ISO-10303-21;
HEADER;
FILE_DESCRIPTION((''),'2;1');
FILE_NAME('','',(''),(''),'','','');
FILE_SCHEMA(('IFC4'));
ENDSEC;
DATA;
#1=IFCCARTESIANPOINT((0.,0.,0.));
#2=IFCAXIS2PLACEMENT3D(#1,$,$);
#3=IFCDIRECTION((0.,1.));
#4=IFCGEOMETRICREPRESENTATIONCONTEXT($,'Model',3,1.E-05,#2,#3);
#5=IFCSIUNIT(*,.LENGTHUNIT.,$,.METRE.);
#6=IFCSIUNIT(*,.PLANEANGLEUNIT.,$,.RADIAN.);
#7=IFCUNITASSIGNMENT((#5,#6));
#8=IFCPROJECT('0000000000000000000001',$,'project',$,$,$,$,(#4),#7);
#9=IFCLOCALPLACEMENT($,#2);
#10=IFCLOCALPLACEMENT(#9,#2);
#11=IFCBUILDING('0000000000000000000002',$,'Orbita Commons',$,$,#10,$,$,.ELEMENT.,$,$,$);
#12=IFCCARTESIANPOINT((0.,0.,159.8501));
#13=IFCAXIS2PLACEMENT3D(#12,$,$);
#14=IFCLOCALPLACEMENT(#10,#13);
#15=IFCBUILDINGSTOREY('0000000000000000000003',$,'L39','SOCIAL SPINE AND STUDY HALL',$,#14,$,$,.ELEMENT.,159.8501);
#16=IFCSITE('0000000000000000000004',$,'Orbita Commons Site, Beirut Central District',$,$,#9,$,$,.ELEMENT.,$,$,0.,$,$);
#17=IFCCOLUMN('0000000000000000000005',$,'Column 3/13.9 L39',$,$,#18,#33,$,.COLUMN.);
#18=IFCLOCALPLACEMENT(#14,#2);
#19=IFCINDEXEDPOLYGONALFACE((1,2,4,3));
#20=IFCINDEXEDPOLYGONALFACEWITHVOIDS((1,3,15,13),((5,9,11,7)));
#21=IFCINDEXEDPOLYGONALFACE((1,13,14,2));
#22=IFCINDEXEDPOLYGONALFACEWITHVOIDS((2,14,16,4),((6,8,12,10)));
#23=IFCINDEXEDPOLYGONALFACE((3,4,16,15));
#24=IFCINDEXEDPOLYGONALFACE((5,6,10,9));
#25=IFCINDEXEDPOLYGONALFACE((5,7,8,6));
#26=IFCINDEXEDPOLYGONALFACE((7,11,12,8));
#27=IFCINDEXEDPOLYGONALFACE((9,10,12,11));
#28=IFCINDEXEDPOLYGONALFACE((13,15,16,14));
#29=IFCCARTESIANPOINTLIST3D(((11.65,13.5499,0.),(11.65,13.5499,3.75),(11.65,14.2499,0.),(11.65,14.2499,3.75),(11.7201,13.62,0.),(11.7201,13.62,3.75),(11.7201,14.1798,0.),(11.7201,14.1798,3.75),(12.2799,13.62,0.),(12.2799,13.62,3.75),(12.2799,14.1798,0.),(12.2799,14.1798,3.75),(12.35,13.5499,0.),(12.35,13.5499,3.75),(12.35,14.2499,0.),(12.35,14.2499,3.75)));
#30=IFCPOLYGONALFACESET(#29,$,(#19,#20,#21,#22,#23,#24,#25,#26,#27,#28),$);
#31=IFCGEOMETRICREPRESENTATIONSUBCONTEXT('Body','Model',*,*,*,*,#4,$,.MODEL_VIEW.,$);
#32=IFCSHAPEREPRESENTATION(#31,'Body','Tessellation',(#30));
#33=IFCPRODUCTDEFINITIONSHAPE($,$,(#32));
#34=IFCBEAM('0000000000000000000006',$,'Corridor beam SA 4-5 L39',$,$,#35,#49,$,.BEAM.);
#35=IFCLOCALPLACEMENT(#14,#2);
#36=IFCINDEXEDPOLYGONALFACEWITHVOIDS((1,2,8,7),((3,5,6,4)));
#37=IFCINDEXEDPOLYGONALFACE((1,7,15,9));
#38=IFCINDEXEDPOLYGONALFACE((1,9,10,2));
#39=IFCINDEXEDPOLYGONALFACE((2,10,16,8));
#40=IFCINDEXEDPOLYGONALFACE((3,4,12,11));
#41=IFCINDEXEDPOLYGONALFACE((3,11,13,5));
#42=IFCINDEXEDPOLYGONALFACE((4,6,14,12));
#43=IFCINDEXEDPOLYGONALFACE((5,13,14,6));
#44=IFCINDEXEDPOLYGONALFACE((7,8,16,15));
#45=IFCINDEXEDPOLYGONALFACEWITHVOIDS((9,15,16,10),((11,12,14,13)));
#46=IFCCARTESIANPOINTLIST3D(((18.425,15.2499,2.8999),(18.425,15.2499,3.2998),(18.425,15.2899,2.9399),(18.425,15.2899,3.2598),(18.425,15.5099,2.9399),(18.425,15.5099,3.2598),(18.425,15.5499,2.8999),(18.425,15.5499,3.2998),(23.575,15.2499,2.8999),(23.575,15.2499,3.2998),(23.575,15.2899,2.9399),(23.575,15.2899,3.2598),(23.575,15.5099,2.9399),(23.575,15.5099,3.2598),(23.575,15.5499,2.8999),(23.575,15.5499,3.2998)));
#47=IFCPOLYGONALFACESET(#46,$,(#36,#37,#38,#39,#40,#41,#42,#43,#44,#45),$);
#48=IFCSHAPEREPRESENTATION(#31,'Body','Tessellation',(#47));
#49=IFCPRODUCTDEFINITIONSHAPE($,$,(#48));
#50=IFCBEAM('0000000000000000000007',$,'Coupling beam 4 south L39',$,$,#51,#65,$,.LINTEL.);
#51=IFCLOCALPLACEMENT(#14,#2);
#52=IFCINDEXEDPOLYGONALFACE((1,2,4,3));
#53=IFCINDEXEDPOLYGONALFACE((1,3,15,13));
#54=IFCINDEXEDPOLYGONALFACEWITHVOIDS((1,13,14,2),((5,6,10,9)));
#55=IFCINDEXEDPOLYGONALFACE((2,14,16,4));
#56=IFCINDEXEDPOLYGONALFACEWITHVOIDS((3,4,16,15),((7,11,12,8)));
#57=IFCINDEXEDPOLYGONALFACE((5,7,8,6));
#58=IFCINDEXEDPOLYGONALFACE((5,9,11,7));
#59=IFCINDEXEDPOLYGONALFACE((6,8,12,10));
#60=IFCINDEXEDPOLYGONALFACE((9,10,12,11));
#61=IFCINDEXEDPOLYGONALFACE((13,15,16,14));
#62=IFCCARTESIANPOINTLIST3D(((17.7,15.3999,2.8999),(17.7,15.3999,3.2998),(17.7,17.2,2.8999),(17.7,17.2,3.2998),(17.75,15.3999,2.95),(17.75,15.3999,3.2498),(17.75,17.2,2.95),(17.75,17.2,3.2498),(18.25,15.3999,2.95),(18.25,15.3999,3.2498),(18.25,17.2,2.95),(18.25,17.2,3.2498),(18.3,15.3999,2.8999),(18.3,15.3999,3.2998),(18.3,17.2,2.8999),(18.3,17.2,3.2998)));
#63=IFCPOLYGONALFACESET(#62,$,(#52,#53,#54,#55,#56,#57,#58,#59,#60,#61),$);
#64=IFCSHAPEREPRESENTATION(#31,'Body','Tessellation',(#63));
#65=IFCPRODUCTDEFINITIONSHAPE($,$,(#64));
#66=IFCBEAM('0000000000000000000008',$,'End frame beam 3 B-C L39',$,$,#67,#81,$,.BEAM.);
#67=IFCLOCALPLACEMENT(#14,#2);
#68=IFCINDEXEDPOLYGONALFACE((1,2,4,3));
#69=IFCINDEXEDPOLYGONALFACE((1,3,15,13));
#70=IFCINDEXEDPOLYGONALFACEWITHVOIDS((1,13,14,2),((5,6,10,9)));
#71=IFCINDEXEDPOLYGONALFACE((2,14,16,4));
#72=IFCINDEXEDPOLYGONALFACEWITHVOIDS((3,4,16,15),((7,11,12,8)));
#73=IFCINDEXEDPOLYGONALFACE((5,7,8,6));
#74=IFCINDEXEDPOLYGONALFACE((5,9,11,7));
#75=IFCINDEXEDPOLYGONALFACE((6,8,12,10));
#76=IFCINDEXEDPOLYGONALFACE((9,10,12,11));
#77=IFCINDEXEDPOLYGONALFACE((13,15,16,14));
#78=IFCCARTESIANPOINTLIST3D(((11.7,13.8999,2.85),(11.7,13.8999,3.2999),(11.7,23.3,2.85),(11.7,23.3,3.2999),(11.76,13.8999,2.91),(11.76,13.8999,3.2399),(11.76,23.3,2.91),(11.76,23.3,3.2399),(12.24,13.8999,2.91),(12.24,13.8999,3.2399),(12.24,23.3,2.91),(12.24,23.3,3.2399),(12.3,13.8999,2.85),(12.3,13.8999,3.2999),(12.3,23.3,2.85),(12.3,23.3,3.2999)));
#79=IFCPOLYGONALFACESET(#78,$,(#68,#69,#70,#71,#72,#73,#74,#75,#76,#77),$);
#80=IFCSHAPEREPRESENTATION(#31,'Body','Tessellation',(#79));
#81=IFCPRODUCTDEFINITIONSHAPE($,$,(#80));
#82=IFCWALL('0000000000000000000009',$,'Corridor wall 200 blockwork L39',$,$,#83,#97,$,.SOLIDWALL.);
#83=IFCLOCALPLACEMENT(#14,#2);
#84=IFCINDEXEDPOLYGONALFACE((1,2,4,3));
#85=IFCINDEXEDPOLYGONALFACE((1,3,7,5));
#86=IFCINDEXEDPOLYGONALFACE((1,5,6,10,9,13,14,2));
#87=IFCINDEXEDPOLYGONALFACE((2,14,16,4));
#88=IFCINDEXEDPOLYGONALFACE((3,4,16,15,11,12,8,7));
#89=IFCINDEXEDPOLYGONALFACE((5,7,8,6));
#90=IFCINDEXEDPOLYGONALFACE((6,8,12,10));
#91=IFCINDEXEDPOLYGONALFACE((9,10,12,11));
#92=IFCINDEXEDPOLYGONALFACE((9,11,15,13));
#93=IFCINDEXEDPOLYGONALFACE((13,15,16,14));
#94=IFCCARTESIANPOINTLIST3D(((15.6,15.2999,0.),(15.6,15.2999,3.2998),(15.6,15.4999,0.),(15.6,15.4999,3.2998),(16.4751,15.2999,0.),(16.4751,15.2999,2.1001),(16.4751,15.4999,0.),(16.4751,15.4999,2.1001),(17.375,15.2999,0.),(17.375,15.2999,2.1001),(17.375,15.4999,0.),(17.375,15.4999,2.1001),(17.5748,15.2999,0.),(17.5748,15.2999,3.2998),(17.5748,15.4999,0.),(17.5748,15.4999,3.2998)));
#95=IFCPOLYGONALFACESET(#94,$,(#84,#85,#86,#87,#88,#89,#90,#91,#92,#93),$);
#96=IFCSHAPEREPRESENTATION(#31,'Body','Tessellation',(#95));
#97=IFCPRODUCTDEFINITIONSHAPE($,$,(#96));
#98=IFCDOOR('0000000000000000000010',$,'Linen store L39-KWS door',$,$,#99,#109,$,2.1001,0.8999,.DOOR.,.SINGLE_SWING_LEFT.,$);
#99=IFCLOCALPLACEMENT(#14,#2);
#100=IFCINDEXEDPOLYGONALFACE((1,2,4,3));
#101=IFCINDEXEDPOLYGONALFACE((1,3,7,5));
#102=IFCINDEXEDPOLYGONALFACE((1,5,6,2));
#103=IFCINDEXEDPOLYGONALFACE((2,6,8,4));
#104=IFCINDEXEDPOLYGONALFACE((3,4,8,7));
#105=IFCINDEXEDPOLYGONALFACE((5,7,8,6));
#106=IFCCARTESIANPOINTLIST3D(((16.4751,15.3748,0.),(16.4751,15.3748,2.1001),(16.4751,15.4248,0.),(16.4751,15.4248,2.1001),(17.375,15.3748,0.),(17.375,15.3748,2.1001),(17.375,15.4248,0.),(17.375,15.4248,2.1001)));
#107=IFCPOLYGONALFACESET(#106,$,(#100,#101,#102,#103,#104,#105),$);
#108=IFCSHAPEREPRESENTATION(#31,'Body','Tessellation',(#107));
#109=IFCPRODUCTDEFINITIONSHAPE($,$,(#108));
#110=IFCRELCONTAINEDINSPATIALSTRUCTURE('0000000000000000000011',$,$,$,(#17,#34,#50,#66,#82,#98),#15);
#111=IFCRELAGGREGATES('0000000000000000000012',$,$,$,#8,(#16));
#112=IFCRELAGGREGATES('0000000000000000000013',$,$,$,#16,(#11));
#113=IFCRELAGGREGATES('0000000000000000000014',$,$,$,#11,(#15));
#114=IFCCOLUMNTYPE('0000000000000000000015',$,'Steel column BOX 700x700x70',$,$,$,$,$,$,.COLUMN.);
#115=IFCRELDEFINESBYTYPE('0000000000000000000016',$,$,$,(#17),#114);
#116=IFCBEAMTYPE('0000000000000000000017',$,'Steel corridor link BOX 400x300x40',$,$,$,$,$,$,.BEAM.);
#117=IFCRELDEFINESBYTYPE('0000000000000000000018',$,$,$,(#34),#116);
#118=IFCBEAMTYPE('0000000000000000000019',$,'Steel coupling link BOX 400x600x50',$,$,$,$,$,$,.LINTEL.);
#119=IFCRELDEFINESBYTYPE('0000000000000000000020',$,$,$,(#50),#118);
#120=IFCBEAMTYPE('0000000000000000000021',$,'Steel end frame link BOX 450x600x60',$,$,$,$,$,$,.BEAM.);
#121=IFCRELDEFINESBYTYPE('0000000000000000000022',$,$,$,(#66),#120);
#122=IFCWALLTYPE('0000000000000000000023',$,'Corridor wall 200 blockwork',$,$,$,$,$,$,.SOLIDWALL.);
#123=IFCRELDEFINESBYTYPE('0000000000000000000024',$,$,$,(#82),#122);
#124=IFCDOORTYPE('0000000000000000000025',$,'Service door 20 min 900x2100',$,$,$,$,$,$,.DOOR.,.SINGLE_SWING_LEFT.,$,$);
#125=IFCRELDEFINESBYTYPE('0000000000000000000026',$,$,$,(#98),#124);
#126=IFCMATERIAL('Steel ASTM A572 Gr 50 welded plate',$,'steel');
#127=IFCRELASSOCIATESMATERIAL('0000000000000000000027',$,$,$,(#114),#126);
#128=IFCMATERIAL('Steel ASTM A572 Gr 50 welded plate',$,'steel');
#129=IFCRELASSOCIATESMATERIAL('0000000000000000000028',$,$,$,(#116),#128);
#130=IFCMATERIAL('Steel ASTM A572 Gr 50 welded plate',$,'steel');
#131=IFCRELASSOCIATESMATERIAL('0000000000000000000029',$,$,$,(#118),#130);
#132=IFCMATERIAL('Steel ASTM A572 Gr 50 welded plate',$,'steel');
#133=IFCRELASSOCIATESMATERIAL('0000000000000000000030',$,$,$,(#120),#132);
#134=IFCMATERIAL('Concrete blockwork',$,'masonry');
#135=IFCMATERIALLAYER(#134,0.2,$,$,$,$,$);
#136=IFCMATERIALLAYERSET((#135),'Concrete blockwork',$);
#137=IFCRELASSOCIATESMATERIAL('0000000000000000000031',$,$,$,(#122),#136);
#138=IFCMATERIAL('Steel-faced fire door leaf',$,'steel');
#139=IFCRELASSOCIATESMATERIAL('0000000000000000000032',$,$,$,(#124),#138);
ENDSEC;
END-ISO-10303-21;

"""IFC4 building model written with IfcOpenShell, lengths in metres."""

from ifc_helpers import new_model, si_unit, direction, frame, frame_2d, origin, origin_2d, place, context, subcontext, project, spatial, rectangle, hollow_rectangle, extrude, material, layer, layer_set, material_profile, profile_set, type_object, element, fill, save


model = new_model("IFC4")

# Units and contexts
model_context = context("Model", 3, precision=1e-05, world=origin(), true_north=direction((0.0, 1.0)))
body_context = subcontext(model_context, "Body", "Model", "MODEL_VIEW")
ifc_project = project(units=[si_unit("LENGTHUNIT", "METRE"), si_unit("PLANEANGLEUNIT", "RADIAN")], contexts=[model_context])

# Site, building, storey
site_placement = place(None, origin())
site = spatial("IfcSite", under=ifc_project, at=site_placement, Name="Orbita Commons Site, Beirut Central District", CompositionType="ELEMENT", RefElevation=0.0)
building_placement = place(site_placement, origin())
building = spatial("IfcBuilding", under=site, at=building_placement, Name="Orbita Commons", CompositionType="ELEMENT")
storey_placement = place(building_placement, frame((0.0, 0.0, 159.8501)))
storey = spatial("IfcBuildingStorey", under=building, at=storey_placement, Name="L39", Description="SOCIAL SPINE AND STUDY HALL", CompositionType="ELEMENT", Elevation=159.8501)

# Column
ifc_material_1 = material(Name="Steel ASTM A572 Gr 50 welded plate", Category="steel")
ifc_material_profile_1 = material_profile(ifc_material_1, hollow_rectangle(XDim=0.7, YDim=0.7, WallThickness=0.0701, at=origin_2d()), Name="BOX 700x700x70")
ifc_profile_set_1 = profile_set([ifc_material_profile_1], Name="Steel ASTM A572 Gr 50 welded plate")
column_type = type_object("IfcColumnType", Name="Steel column BOX 700x700x70", PredefinedType="COLUMN", material=ifc_profile_set_1)
column_placement = place(storey_placement, frame((12.0, 13.8999, 0.0), z_axis=(0.0, 0.0, 1.0), x_axis=(1.0, 0.0, 0.0)))
element("IfcColumn", 1, at=column_placement, inside=storey, type_object=column_type, Name="Column 3/13.9 L39", PredefinedType="COLUMN", context=body_context, shape_type="SweptSolid", body=[
    extrude(hollow_rectangle(XDim=0.7, YDim=0.7, WallThickness=0.0701, at=origin_2d()), origin(), (0.0, 0.0, 1.0), 3.75),
])

# Beams
ifc_material_2 = material(Name="Steel ASTM A572 Gr 50 welded plate", Category="steel")
ifc_material_profile_2 = material_profile(ifc_material_2, hollow_rectangle(XDim=0.3, YDim=0.3999, WallThickness=0.04, at=origin_2d()), Name="BOX 400x300x40")
ifc_profile_set_2 = profile_set([ifc_material_profile_2], Name="Steel ASTM A572 Gr 50 welded plate")
beam_type_1 = type_object("IfcBeamType", Name="Steel corridor link BOX 400x300x40", PredefinedType="BEAM", material=ifc_profile_set_2)
beam_1_placement = place(storey_placement, frame((18.425, 15.3999, 3.0999), z_axis=(1.0, 0.0, 0.0), x_axis=(0.0, 1.0, 0.0)))
element("IfcBeam", 2, at=beam_1_placement, inside=storey, type_object=beam_type_1, Name="Corridor beam SA 4-5 L39", PredefinedType="BEAM", context=body_context, shape_type="SweptSolid", body=[
    extrude(hollow_rectangle(XDim=0.3, YDim=0.3999, WallThickness=0.04, at=origin_2d()), origin(), (0.0, 0.0, 1.0), 5.1499),
])
ifc_material_3 = material(Name="Steel ASTM A572 Gr 50 welded plate", Category="steel")
ifc_material_profile_3 = material_profile(ifc_material_3, hollow_rectangle(XDim=0.6001, YDim=0.3999, WallThickness=0.05, at=origin_2d()), Name="BOX 400x600x50")
ifc_profile_set_3 = profile_set([ifc_material_profile_3], Name="Steel ASTM A572 Gr 50 welded plate")
beam_type_2 = type_object("IfcBeamType", Name="Steel coupling link BOX 400x600x50", PredefinedType="LINTEL", material=ifc_profile_set_3)
beam_2_placement = place(storey_placement, frame((18.0, 15.3999, 3.0999), z_axis=(0.0, 1.0, 0.0), x_axis=(-1.0, 0.0, 0.0)))
element("IfcBeam", 3, at=beam_2_placement, inside=storey, type_object=beam_type_2, Name="Coupling beam 4 south L39", PredefinedType="LINTEL", context=body_context, shape_type="SweptSolid", body=[
    extrude(hollow_rectangle(XDim=0.6001, YDim=0.3999, WallThickness=0.05, at=origin_2d()), origin(), (0.0, 0.0, 1.0), 1.8),
])
ifc_material_4 = material(Name="Steel ASTM A572 Gr 50 welded plate", Category="steel")
ifc_material_profile_4 = material_profile(ifc_material_4, hollow_rectangle(XDim=0.6001, YDim=0.45, WallThickness=0.0601, at=origin_2d()), Name="BOX 450x600x60")
ifc_profile_set_4 = profile_set([ifc_material_profile_4], Name="Steel ASTM A572 Gr 50 welded plate")
beam_type_3 = type_object("IfcBeamType", Name="Steel end frame link BOX 450x600x60", PredefinedType="BEAM", material=ifc_profile_set_4)
beam_3_placement = place(storey_placement, frame((12.0, 13.8999, 3.075), z_axis=(0.0, 1.0, 0.0), x_axis=(-1.0, 0.0, 0.0)))
element("IfcBeam", 4, at=beam_3_placement, inside=storey, type_object=beam_type_3, Name="End frame beam 3 B-C L39", PredefinedType="BEAM", context=body_context, shape_type="SweptSolid", body=[
    extrude(hollow_rectangle(XDim=0.6001, YDim=0.45, WallThickness=0.0601, at=origin_2d()), origin(), (0.0, 0.0, 1.0), 9.4001),
])

# Wall, opening, door
ifc_material_5 = material(Name="Concrete blockwork", Category="masonry")
ifc_layer_1 = layer(ifc_material_5, 0.2)
ifc_layer_set_1 = layer_set([ifc_layer_1], Name="Concrete blockwork")
wall_type_1 = type_object("IfcWallType", Name="Corridor wall 200 blockwork", PredefinedType="SOLIDWALL", material=ifc_layer_set_1)
wall_1_placement = place(storey_placement, frame((15.6001, 15.3999, 0.0), z_axis=(0.0, 0.0, 1.0), x_axis=(1.0, 0.0, 0.0)))
wall_1 = element("IfcWall", 5, at=wall_1_placement, inside=storey, type_object=wall_type_1, Name="Corridor wall 200 blockwork L39", PredefinedType="SOLIDWALL", context=body_context, shape_type="SweptSolid", body=[
    extrude(rectangle(XDim=1.9749, YDim=0.2, at=frame_2d((0.9873, 0.0))), origin(), (0.0, 0.0, 1.0), 3.2998),
])
opening_1_placement = place(wall_1_placement, frame((0.875, 0.0, 0.0)))
opening_1 = element("IfcOpeningElement", 6, at=opening_1_placement, cuts=wall_1, PredefinedType="OPENING", context=body_context, shape_type="SweptSolid", body=[
    extrude(rectangle(XDim=0.8999, YDim=2.1001, at=frame_2d((0.45, 1.05))), frame((0.0, 0.1099, 0.0), z_axis=(0.0, -1.0, 0.0), x_axis=(1.0, 0.0, 0.0)), (0.0, 0.0, 1.0), 0.22),
])
ifc_material_6 = material(Name="Steel-faced fire door leaf", Category="steel")
door_type_1 = type_object("IfcDoorType", Name="Service door 20 min 900x2100", OperationType="SINGLE_SWING_LEFT", PredefinedType="DOOR", material=ifc_material_6)
door_1_placement = place(opening_1_placement, origin())
door_1 = element("IfcDoor", 7, at=door_1_placement, inside=storey, type_object=door_type_1, Name="Linen store L39-KWS door", OperationType="SINGLE_SWING_LEFT", OverallHeight=2.1001, OverallWidth=0.8999, PredefinedType="DOOR", context=body_context, shape_type="SweptSolid", body=[
    extrude(rectangle(XDim=0.8999, YDim=2.1001, at=frame_2d((0.45, 1.05))), frame((0.0, 0.0249, 0.0), z_axis=(0.0, -1.0, 0.0), x_axis=(1.0, 0.0, 0.0)), (0.0, 0.0, 1.0), 0.05),
])
fill(opening_1, door_1)

save(model, "model.ifc")
